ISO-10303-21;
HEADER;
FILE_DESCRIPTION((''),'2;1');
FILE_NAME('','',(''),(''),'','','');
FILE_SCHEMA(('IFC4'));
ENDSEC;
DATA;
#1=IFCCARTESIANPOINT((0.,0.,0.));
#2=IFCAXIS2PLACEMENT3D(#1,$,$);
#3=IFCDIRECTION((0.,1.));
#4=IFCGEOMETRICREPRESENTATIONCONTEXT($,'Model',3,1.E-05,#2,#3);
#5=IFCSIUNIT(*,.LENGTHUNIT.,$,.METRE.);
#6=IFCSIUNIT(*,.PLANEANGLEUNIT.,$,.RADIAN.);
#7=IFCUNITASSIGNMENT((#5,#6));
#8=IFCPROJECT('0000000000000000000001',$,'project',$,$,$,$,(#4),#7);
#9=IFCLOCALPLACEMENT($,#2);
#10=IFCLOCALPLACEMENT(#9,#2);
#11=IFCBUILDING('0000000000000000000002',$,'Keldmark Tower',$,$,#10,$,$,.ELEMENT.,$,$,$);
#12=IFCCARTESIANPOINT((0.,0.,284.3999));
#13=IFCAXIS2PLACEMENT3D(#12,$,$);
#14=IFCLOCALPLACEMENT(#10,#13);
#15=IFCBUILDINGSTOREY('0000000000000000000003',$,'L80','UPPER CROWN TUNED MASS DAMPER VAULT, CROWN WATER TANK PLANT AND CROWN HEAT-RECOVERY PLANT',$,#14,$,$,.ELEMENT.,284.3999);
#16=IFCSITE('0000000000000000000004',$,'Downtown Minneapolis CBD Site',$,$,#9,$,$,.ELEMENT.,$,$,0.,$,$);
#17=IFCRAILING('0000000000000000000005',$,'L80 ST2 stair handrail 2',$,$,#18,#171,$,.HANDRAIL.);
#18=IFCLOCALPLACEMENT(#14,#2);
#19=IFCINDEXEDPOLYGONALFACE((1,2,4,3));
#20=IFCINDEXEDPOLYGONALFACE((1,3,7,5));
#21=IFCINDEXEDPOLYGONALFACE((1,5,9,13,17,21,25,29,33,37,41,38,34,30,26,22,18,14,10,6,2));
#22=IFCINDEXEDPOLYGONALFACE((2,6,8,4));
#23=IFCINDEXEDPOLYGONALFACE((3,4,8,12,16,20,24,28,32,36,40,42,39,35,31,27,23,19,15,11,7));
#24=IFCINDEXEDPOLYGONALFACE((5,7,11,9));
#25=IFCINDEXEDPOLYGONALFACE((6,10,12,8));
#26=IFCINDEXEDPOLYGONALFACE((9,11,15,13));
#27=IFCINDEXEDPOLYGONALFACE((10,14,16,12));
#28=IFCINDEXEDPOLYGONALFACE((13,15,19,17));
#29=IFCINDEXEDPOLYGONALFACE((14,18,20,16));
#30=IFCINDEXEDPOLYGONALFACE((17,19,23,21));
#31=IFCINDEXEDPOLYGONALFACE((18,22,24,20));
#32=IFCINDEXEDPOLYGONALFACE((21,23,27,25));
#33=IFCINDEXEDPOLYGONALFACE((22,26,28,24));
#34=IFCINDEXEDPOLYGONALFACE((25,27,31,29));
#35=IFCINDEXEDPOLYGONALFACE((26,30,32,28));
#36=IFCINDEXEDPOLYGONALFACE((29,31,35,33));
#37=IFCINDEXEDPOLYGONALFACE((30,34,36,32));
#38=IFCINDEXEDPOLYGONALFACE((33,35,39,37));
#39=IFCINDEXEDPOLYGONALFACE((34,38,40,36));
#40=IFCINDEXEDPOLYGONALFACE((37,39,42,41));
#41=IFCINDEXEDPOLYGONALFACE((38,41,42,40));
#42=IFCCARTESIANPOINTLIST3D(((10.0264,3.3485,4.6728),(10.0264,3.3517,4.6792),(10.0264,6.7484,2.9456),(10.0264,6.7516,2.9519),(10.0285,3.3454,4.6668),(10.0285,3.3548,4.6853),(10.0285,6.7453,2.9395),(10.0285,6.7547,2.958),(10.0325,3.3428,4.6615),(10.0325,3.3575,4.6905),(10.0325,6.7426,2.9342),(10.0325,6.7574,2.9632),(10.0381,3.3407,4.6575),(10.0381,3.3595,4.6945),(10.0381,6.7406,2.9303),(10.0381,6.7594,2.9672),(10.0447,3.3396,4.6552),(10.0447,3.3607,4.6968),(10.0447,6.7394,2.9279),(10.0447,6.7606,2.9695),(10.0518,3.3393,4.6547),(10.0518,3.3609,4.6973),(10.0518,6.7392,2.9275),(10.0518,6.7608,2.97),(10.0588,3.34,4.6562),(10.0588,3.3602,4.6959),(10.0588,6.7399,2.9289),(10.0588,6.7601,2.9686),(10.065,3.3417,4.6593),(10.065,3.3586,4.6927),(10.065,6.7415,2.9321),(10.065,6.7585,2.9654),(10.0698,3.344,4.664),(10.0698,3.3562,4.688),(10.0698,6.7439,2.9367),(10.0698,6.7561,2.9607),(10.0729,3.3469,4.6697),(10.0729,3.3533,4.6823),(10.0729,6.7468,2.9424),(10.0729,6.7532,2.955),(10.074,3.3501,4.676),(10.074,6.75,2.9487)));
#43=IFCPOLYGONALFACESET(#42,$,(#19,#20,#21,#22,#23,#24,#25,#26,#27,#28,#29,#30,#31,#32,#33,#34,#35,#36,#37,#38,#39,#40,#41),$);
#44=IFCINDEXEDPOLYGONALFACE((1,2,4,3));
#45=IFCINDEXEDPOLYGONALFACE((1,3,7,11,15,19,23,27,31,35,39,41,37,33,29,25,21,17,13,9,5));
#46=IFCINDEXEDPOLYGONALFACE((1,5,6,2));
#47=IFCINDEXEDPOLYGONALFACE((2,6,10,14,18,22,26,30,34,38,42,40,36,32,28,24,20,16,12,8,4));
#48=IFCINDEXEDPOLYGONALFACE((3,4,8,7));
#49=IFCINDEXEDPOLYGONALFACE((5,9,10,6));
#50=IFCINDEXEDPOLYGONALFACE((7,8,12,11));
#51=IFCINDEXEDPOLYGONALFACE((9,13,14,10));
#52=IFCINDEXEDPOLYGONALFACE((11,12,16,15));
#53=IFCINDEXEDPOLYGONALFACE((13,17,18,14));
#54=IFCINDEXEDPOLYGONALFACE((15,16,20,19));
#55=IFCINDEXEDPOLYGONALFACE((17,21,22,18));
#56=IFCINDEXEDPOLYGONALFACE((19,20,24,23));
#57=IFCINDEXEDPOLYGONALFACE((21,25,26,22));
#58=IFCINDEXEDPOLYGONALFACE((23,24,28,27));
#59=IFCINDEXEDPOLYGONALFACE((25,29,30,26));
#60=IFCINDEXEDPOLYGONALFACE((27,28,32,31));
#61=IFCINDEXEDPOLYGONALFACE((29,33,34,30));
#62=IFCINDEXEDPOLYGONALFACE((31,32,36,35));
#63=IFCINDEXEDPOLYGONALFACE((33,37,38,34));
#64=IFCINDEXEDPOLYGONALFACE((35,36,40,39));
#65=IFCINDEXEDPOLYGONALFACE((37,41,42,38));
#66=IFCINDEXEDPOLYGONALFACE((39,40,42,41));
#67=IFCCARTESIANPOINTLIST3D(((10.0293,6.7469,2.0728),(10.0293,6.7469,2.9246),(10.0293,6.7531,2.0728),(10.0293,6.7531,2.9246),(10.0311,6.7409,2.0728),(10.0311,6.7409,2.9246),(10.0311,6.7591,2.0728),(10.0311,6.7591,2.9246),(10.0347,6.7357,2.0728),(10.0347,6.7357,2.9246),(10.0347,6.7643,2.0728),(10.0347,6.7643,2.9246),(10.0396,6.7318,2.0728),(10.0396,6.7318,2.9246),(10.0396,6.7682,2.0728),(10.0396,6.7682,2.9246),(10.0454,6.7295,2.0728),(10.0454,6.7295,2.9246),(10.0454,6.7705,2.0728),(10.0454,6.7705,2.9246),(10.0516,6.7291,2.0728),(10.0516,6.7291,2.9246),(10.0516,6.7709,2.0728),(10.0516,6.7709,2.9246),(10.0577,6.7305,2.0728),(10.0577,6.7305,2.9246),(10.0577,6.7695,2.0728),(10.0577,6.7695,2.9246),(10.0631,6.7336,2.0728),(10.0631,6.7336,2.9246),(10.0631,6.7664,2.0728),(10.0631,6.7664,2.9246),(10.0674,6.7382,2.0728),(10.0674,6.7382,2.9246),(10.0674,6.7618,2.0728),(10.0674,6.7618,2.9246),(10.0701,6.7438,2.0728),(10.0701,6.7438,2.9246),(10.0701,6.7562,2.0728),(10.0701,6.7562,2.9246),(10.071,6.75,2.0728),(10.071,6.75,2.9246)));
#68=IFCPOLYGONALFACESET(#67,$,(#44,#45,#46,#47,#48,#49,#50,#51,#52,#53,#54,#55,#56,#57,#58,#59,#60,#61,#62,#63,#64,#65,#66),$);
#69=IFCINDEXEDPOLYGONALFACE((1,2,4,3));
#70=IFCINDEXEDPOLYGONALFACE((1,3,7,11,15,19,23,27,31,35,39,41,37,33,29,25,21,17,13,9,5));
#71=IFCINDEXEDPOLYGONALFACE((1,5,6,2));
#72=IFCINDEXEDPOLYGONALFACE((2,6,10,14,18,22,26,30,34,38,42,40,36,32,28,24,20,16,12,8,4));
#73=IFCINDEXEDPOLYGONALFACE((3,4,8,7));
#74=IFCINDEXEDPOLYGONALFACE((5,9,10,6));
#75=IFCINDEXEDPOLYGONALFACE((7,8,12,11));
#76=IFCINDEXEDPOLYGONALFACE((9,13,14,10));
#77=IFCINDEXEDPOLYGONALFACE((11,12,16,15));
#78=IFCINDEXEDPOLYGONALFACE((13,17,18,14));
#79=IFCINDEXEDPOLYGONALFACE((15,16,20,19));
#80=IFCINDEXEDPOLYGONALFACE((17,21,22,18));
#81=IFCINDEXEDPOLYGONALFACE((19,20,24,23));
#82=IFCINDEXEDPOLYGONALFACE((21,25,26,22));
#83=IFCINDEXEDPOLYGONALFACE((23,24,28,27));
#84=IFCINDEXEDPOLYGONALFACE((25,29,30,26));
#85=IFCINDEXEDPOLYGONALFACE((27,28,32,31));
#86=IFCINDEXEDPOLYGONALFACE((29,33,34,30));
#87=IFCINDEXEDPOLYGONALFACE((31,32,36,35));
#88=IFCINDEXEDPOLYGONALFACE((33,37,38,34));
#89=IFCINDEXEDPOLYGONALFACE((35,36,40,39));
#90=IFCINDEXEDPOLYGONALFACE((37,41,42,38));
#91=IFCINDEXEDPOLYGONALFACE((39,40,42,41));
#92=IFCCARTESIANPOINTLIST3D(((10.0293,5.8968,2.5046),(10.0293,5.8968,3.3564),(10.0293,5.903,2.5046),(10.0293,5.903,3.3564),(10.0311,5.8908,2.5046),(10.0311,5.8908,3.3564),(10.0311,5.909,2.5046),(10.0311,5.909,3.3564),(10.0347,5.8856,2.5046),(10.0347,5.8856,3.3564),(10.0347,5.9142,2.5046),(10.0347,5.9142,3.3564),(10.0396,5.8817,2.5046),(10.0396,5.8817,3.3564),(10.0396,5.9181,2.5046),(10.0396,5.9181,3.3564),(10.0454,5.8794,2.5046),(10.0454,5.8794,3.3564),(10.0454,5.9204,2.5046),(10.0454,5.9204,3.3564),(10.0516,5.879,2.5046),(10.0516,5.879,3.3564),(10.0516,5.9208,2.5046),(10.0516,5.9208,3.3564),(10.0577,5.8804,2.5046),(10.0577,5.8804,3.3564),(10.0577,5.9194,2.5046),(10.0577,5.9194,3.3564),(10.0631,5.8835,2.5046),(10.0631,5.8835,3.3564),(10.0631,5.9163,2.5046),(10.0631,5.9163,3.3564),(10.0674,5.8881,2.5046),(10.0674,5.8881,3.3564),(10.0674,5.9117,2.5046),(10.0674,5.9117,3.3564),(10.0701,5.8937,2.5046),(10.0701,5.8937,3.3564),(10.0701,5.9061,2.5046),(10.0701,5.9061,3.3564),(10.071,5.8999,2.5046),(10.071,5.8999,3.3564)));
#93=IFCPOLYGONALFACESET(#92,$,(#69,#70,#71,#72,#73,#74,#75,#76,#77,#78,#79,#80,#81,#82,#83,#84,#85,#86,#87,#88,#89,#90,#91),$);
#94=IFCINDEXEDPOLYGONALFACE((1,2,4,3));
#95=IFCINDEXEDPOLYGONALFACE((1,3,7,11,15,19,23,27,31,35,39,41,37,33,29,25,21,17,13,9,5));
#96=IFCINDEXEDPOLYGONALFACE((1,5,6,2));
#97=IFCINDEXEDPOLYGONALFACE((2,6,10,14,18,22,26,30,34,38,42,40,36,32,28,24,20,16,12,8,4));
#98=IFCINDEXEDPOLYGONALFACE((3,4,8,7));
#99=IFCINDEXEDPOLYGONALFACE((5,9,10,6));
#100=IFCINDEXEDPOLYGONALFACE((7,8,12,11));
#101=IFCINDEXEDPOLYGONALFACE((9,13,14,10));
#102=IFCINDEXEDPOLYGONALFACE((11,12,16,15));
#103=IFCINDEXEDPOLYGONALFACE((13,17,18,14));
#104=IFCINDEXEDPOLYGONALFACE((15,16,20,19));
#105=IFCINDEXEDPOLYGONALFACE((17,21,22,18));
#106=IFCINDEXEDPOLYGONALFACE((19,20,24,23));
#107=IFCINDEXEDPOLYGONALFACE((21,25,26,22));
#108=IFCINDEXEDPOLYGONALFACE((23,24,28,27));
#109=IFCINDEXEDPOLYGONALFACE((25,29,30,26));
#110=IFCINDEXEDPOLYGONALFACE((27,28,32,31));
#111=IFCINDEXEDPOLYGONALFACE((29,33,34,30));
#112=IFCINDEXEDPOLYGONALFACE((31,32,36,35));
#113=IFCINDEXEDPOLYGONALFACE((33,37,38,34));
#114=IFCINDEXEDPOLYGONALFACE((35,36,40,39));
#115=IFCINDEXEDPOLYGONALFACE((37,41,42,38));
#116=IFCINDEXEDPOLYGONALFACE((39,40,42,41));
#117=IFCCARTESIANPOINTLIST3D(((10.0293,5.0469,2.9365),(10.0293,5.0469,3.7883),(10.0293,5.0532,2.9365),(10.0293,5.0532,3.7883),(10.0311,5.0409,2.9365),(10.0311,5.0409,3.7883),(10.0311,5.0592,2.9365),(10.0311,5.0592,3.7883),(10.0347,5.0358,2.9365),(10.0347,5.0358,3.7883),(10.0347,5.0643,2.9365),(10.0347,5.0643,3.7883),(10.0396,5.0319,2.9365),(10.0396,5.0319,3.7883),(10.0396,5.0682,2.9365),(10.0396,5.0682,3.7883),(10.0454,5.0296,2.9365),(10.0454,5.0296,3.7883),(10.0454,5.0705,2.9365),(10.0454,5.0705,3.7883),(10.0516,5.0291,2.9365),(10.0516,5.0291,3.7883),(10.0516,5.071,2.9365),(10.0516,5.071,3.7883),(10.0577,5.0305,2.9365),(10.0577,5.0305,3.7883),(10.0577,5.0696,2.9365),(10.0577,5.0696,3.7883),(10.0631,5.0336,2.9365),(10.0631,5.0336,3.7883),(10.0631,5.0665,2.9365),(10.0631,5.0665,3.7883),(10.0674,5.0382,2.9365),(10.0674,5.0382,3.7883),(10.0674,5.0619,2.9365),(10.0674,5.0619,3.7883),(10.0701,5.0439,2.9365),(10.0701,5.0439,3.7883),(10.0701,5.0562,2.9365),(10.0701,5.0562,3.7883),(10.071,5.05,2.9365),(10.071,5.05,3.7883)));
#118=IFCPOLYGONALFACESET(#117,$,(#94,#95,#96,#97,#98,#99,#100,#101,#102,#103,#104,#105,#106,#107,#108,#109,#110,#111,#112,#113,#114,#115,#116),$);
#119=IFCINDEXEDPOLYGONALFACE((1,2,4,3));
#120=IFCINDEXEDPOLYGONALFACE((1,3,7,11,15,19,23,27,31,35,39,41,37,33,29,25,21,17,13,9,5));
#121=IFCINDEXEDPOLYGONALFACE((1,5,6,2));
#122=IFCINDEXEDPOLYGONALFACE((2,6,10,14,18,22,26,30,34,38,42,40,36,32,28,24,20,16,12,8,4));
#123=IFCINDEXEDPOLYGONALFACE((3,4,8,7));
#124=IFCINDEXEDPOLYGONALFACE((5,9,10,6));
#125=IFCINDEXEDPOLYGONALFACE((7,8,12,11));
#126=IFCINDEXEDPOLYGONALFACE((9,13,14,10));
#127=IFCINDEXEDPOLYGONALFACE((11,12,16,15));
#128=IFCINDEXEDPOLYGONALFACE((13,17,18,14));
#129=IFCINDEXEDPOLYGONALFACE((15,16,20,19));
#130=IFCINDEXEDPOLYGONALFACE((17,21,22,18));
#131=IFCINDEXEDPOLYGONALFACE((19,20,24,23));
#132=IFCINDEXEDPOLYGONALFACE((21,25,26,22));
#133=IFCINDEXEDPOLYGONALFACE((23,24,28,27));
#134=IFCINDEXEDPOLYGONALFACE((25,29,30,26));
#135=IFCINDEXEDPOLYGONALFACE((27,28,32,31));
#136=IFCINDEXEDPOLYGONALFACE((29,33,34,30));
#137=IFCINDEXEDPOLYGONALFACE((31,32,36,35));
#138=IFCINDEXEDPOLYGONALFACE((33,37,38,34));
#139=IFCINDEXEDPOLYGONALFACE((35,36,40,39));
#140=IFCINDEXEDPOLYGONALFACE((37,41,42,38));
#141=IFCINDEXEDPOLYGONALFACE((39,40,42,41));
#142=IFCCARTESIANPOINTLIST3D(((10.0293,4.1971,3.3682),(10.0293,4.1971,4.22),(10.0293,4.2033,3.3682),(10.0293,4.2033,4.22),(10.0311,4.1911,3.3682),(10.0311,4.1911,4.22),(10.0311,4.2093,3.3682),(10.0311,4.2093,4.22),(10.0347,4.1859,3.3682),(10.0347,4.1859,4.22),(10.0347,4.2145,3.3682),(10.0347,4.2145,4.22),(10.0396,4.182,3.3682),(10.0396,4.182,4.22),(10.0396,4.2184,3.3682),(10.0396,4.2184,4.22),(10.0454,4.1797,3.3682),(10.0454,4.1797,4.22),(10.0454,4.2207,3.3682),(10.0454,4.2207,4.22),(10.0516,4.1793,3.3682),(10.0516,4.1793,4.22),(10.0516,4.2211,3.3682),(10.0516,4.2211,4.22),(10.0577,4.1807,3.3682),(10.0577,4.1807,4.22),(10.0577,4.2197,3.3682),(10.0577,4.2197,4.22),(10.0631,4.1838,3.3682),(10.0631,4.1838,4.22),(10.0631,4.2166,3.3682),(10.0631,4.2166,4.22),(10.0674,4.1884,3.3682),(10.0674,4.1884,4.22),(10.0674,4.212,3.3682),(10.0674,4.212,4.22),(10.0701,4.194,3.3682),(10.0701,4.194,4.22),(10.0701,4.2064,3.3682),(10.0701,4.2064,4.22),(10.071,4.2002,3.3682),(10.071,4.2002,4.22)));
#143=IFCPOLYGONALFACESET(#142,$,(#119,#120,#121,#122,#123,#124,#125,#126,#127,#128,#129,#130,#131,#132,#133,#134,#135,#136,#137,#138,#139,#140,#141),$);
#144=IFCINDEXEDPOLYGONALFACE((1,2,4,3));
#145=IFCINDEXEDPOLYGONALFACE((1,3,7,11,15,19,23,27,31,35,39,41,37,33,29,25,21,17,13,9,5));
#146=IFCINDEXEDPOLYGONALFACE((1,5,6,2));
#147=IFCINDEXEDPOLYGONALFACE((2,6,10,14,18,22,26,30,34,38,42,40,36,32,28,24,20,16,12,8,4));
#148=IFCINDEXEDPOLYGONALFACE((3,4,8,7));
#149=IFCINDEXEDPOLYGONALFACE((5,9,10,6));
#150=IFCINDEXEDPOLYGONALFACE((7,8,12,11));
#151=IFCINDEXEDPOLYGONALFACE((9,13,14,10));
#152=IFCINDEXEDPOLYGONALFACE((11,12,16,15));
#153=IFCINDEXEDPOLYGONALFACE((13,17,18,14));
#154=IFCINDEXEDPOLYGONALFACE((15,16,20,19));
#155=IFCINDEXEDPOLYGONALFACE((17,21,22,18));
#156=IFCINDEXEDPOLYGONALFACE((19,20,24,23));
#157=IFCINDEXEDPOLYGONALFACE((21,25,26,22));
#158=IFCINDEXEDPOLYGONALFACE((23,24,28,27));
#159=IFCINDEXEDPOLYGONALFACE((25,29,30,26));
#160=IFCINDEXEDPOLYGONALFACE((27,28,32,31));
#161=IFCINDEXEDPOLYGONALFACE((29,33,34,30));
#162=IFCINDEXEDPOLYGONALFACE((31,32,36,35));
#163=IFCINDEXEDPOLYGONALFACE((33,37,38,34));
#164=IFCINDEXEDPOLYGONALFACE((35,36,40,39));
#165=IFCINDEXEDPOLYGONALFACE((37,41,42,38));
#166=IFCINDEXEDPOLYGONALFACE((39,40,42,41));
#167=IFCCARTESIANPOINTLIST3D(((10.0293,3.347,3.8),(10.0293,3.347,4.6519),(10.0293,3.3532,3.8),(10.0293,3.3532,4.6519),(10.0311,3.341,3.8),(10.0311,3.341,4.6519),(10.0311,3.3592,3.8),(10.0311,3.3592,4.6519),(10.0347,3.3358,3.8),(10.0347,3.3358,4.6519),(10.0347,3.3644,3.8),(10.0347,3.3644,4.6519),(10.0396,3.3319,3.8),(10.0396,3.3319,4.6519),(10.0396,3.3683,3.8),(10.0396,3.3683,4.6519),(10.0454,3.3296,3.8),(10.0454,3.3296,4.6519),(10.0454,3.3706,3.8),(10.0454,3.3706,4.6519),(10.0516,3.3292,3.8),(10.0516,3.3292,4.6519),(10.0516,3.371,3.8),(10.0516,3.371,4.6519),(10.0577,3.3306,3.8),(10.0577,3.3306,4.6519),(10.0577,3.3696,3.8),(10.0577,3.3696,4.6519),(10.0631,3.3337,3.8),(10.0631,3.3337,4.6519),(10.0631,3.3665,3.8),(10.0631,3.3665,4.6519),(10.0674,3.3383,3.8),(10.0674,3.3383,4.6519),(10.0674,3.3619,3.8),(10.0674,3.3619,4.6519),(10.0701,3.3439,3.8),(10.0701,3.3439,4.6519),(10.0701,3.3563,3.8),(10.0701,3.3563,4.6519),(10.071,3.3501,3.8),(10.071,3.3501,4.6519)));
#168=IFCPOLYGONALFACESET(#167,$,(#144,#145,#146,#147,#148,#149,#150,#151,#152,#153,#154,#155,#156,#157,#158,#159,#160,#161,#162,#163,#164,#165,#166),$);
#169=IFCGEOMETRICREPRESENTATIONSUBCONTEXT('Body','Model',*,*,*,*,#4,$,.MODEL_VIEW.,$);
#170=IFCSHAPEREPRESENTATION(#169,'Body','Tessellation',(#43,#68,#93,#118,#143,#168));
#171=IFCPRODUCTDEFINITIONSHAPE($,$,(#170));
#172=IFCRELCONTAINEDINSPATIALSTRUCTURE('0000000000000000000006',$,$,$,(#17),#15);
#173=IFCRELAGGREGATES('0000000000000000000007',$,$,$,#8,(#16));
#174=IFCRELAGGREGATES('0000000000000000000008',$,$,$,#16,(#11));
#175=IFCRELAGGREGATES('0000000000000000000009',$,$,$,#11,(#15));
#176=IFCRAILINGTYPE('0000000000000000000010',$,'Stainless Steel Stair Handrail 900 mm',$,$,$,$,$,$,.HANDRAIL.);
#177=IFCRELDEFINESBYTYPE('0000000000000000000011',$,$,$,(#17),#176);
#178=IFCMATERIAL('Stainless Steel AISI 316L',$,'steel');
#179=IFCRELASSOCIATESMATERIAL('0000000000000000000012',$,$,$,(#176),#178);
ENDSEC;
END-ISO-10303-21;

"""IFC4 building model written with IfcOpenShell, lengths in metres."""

from ifc_helpers import new_model, si_unit, direction, frame, origin, origin_2d, place, context, subcontext, project, spatial, circle, extrude, material, type_object, element, save


model = new_model("IFC4")

# Units and contexts
model_context = context("Model", 3, precision=1e-05, world=origin(), true_north=direction((0.0, 1.0)))
body_context = subcontext(model_context, "Body", "Model", "MODEL_VIEW")
ifc_project = project(units=[si_unit("LENGTHUNIT", "METRE"), si_unit("PLANEANGLEUNIT", "RADIAN")], contexts=[model_context])

# Site, building, storey
site_placement = place(None, origin())
site = spatial("IfcSite", under=ifc_project, at=site_placement, Name="Downtown Minneapolis CBD Site", CompositionType="ELEMENT", RefElevation=0.0)
building_placement = place(site_placement, origin())
building = spatial("IfcBuilding", under=site, at=building_placement, Name="Keldmark Tower", CompositionType="ELEMENT")
storey_placement = place(building_placement, frame((0.0, 0.0, 284.3999)))
storey = spatial("IfcBuildingStorey", under=building, at=storey_placement, Name="L80", Description="UPPER CROWN TUNED MASS DAMPER VAULT, CROWN WATER TANK PLANT AND CROWN HEAT-RECOVERY PLANT", CompositionType="ELEMENT", Elevation=284.3999)

# Railing
ifc_material_1 = material(Name="Stainless Steel AISI 316L", Category="steel")
railing_type_1 = type_object("IfcRailingType", Name="Stainless Steel Stair Handrail 900 mm", PredefinedType="HANDRAIL", material=ifc_material_1)
railing_1_placement = place(storey_placement, frame((10.05, 6.75, 2.0728)))
element("IfcRailing", 1, at=railing_1_placement, inside=storey, type_object=railing_type_1, Name="L80 ST2 stair handrail 2", PredefinedType="HANDRAIL", context=body_context, shape_type="SweptSolid", body=[
    extrude(circle(Radius=0.0239, at=origin_2d()), frame((0.0, 0.0, 0.876), z_axis=(0.0, -0.891541, 0.452941), x_axis=(1.0, 0.0, 0.0)), (0.0, 0.0, 1.0), 3.8135),
    extrude(circle(Radius=0.021, at=origin_2d()), origin(), (0.0, 0.0, 1.0), 0.8518),
    extrude(circle(Radius=0.021, at=origin_2d()), frame((0.0, -0.8501, 0.4319)), (0.0, 0.0, 1.0), 0.8518),
    extrude(circle(Radius=0.021, at=origin_2d()), frame((0.0, -1.7, 0.8638)), (0.0, 0.0, 1.0), 0.8518),
    extrude(circle(Radius=0.021, at=origin_2d()), frame((0.0, -2.5498, 1.2954)), (0.0, 0.0, 1.0), 0.8518),
    extrude(circle(Radius=0.021, at=origin_2d()), frame((0.0, -3.3999, 1.7273)), (0.0, 0.0, 1.0), 0.8518),
])

save(model, "model.ifc")
